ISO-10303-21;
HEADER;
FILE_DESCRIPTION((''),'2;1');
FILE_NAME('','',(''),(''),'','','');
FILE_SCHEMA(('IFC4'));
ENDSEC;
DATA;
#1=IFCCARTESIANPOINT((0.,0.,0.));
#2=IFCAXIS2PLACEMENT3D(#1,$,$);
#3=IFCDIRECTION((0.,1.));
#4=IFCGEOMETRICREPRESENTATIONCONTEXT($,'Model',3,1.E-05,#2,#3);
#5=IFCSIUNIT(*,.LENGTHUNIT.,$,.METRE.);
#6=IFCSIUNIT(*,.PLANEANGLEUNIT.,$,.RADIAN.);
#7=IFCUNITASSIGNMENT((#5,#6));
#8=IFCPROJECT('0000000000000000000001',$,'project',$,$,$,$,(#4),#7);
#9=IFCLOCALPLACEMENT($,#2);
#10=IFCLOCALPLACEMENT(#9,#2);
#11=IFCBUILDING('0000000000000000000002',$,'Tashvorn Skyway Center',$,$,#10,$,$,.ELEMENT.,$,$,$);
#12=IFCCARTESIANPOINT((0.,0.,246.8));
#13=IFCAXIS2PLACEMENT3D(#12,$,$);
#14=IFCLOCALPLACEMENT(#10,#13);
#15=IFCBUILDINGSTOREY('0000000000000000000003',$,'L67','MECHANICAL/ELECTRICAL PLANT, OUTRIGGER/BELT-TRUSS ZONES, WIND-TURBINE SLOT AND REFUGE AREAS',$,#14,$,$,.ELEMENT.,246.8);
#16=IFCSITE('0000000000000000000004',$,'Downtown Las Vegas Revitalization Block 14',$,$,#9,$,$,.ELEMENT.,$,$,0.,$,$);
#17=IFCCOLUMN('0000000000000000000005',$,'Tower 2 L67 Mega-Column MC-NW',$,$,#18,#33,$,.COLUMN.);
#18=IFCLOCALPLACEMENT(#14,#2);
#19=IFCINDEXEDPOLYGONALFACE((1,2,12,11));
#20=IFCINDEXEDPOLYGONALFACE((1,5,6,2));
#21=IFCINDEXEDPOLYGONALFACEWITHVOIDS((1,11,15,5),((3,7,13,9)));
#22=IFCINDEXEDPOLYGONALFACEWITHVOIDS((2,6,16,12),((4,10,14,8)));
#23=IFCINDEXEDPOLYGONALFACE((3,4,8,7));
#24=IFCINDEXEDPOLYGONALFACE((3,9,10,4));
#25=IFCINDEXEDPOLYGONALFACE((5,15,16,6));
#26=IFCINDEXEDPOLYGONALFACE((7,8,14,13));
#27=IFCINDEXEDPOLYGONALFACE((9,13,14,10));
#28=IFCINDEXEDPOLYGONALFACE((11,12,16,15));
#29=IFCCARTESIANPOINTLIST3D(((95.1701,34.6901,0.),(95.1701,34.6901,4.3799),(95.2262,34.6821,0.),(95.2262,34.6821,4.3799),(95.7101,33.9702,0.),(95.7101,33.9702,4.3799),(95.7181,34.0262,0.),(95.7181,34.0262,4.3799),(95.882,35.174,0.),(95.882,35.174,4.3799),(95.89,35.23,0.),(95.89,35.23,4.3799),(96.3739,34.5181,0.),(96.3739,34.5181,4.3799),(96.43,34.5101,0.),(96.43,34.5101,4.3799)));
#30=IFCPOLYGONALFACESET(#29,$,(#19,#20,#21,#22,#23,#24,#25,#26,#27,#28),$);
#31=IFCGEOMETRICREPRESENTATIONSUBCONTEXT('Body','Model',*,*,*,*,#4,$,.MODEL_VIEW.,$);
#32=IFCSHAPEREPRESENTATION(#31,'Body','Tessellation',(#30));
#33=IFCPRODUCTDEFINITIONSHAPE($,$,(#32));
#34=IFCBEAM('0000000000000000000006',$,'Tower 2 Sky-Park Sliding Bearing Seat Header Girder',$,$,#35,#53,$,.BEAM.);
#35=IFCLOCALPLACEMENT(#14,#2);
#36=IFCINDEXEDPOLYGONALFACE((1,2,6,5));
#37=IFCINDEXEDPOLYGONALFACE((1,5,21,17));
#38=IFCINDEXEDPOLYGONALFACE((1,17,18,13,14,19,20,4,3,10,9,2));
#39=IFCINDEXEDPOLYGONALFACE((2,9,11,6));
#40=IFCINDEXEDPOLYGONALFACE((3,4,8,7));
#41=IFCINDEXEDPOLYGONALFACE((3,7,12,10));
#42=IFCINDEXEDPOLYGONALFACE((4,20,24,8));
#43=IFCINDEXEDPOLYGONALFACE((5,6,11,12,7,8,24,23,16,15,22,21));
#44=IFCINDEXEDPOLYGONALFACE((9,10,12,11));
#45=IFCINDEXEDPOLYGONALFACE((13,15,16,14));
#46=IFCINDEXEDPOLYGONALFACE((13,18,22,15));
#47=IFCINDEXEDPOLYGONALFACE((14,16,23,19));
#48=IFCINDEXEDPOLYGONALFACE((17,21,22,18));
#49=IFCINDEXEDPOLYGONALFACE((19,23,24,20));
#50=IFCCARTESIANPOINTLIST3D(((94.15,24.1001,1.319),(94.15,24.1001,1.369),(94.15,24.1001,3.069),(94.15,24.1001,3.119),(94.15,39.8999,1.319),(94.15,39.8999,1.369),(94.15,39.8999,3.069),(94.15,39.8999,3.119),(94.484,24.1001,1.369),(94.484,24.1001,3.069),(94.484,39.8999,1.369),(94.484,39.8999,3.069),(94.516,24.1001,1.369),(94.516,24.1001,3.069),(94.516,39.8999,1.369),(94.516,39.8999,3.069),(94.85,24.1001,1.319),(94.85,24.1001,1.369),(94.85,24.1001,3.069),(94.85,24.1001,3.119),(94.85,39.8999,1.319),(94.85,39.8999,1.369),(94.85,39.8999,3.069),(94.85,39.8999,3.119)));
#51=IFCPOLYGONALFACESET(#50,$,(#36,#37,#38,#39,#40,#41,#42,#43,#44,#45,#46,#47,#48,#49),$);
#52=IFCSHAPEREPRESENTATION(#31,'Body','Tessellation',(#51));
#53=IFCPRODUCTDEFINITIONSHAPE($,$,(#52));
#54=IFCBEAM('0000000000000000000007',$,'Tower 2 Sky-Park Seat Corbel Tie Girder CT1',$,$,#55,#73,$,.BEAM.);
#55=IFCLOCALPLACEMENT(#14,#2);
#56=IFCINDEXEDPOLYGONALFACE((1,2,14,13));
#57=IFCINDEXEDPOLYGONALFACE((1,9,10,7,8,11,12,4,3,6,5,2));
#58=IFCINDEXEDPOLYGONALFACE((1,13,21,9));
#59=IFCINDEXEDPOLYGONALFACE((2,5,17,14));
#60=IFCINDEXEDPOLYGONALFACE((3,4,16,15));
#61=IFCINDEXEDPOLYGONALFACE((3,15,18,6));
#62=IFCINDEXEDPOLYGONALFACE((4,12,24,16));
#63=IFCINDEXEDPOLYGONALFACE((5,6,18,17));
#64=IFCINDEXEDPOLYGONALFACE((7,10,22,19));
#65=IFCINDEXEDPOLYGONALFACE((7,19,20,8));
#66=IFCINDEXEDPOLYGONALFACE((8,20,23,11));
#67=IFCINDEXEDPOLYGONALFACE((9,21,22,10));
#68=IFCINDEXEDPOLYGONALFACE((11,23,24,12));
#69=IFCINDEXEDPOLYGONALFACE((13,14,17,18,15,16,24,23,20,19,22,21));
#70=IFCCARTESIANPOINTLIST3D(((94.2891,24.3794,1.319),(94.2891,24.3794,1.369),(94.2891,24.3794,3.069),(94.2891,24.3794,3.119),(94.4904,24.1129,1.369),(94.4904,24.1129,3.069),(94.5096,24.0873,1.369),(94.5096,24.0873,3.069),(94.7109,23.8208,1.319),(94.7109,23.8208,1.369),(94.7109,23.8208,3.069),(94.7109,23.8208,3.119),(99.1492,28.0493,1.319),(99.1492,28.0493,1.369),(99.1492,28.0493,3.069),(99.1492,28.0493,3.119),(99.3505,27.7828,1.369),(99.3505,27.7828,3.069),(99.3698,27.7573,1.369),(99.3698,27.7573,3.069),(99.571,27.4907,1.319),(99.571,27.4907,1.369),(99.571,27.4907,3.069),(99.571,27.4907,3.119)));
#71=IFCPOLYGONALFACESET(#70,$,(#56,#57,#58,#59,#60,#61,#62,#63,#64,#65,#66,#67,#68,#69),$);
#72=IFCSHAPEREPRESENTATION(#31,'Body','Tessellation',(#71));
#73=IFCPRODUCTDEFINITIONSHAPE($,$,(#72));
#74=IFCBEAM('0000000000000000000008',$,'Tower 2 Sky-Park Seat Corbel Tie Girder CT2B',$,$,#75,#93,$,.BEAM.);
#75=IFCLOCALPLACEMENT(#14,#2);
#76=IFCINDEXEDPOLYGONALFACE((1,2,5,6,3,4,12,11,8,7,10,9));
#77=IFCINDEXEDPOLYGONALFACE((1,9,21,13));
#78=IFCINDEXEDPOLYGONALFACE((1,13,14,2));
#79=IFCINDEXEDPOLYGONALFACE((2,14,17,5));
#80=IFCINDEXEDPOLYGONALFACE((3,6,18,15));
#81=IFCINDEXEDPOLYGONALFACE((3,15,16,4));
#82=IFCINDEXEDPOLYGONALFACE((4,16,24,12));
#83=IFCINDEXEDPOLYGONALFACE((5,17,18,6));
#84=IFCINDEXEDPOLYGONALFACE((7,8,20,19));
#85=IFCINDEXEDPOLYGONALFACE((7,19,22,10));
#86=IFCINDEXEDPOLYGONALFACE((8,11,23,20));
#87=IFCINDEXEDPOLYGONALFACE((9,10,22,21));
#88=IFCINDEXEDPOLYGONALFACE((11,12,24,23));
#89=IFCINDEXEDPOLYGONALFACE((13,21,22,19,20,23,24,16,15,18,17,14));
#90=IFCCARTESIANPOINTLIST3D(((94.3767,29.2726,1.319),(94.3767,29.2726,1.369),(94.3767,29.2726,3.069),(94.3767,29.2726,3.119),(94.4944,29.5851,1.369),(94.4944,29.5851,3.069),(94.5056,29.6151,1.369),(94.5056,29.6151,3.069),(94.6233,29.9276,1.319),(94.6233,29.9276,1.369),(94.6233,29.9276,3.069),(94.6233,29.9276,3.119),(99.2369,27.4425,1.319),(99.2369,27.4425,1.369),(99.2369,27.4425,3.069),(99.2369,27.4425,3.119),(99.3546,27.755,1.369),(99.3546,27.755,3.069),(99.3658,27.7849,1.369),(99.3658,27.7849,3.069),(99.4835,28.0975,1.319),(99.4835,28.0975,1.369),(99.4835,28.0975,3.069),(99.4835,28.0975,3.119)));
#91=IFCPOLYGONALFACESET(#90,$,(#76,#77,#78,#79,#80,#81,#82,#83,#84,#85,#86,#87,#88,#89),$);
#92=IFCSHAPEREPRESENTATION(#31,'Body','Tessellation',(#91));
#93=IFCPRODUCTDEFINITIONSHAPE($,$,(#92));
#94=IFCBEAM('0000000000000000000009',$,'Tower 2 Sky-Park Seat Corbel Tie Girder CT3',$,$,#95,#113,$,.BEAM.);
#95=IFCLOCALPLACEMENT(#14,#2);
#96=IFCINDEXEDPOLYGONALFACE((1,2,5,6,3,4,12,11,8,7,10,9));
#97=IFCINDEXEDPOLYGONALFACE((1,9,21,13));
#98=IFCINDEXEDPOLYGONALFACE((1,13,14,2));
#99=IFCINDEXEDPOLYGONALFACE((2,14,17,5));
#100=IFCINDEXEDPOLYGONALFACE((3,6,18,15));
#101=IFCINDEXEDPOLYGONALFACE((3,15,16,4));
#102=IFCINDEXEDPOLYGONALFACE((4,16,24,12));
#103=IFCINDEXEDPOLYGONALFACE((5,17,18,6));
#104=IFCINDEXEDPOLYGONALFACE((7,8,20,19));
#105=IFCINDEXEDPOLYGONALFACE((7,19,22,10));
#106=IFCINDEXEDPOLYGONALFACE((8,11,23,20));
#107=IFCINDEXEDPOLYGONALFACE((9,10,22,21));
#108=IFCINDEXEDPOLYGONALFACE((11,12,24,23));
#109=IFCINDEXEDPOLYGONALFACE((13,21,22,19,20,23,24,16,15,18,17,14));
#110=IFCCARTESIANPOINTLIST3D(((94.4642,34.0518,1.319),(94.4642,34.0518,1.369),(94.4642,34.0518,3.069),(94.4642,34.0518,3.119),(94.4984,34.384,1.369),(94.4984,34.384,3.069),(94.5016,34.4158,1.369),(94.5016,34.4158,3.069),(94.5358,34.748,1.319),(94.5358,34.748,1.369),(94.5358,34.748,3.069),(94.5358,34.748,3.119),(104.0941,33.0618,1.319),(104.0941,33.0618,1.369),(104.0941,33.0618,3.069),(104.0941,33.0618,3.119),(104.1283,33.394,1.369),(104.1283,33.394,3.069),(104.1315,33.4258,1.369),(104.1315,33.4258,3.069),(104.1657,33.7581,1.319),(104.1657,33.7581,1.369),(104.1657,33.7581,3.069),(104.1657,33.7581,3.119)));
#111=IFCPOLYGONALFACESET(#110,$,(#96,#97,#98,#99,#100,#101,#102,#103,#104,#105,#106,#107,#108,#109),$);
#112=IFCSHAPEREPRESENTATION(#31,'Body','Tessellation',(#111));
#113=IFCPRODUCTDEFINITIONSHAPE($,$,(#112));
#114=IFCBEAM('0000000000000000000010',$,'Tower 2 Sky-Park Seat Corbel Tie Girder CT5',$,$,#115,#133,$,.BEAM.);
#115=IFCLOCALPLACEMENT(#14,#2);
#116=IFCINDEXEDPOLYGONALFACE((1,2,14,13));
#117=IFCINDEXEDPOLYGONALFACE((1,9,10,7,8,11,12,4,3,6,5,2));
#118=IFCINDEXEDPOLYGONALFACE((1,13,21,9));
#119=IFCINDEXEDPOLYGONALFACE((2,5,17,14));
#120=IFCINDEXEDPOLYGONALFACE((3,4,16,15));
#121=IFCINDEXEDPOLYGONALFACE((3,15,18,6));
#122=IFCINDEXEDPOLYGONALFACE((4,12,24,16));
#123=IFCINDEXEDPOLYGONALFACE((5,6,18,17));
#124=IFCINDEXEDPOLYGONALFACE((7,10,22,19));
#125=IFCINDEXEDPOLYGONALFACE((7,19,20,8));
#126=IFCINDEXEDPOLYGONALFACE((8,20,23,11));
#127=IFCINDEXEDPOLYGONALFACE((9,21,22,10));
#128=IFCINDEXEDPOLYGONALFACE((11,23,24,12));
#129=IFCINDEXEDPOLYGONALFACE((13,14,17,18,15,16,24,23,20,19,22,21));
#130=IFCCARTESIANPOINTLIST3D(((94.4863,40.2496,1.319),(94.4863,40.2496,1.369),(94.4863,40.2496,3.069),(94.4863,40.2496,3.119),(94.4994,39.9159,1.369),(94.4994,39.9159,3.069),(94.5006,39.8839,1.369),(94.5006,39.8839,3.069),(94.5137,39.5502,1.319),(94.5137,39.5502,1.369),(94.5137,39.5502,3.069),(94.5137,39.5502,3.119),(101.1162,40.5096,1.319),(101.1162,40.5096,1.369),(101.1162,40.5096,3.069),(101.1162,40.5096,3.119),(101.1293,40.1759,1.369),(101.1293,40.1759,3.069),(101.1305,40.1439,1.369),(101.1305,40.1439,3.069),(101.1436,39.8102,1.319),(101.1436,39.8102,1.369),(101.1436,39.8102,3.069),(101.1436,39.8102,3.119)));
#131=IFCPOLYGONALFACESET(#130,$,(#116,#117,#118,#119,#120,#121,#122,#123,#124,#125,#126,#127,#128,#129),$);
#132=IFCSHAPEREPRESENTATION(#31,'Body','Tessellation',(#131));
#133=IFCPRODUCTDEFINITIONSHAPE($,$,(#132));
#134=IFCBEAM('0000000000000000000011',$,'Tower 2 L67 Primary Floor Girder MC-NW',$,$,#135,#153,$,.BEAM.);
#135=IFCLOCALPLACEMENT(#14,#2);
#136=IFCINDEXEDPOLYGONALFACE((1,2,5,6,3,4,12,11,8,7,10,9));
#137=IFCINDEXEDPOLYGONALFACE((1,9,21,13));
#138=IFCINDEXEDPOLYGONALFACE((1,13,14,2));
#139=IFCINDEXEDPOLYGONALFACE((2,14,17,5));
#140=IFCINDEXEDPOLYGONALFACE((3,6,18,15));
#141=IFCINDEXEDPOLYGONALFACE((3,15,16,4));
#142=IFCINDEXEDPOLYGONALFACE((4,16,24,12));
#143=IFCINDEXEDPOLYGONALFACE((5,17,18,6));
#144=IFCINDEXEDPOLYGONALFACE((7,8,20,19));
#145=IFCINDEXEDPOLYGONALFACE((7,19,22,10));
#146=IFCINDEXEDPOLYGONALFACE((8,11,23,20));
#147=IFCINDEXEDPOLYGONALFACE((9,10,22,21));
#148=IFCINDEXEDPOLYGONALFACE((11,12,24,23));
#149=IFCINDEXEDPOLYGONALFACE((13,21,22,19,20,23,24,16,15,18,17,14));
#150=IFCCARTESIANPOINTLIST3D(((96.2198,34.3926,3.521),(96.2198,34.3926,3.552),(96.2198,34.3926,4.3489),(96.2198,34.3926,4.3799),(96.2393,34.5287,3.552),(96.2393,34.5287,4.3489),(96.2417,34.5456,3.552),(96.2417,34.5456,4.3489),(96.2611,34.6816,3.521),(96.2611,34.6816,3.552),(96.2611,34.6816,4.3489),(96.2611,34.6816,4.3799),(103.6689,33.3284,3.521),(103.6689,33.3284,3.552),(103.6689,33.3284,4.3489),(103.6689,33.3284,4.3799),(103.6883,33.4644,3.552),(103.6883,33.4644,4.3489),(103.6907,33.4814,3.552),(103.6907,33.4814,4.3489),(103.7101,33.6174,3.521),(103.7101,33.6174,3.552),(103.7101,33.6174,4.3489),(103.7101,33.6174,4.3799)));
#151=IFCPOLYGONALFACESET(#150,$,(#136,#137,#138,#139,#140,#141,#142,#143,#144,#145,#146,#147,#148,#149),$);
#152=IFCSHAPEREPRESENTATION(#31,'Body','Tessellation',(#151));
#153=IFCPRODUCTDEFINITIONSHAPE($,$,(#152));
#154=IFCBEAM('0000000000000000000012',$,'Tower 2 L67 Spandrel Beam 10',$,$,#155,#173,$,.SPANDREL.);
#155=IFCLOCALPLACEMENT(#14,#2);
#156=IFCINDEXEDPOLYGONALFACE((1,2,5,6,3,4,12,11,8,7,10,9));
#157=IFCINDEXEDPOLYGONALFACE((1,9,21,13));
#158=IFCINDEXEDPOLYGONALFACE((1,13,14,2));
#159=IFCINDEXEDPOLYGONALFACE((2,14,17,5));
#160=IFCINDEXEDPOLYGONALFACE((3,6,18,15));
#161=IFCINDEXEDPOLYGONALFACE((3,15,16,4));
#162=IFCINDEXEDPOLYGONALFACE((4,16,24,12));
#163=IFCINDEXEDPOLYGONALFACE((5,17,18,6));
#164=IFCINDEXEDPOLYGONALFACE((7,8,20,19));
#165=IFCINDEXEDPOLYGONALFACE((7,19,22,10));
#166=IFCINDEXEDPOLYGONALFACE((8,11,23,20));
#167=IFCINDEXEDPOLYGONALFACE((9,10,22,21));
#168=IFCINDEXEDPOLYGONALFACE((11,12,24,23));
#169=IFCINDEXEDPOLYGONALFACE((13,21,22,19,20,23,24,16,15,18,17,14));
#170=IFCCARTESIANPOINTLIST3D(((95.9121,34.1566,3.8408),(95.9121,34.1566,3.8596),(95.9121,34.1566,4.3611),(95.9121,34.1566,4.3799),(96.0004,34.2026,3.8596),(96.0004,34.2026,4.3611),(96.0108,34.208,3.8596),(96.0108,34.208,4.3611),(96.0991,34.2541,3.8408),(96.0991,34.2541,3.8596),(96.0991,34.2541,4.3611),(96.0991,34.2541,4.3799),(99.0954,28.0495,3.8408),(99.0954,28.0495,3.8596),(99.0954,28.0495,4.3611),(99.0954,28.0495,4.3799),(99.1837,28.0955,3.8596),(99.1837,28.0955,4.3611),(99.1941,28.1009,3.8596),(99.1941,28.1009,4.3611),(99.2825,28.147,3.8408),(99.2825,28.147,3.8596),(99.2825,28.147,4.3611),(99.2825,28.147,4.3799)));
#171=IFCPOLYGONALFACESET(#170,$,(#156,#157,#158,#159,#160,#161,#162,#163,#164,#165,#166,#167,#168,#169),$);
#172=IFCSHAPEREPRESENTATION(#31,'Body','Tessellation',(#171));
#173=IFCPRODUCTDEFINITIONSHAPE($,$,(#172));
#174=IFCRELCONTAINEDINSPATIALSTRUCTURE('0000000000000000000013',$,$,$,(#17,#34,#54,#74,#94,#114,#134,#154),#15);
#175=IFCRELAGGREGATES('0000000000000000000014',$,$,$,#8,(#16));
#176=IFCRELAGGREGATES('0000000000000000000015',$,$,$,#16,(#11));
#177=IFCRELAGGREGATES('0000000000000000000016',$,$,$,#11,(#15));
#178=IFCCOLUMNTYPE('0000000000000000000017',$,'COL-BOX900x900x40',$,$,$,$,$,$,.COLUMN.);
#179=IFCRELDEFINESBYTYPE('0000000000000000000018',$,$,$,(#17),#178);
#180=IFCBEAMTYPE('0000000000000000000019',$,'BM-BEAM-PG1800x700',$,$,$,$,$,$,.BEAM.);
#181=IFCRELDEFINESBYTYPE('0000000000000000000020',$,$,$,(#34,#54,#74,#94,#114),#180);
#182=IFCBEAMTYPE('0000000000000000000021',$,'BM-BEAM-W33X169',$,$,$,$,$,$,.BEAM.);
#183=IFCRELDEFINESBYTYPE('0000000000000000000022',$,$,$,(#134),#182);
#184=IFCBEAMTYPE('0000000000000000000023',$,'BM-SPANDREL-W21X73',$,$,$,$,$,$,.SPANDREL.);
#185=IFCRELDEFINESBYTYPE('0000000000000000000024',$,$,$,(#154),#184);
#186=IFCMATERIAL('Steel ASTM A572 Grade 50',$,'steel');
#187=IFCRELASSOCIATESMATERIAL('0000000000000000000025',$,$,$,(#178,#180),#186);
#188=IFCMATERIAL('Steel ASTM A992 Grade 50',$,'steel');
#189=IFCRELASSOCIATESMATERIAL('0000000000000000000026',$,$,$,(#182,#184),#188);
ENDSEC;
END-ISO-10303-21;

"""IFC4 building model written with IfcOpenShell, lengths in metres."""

from ifc_helpers import new_model, si_unit, direction, frame, origin, origin_2d, place, context, subcontext, project, spatial, hollow_rectangle, i_section, extrude, material, material_profile, profile_set, type_object, element, save


model = new_model("IFC4")

# Units and contexts
model_context = context("Model", 3, precision=1e-05, world=origin(), true_north=direction((0.0, 1.0)))
body_context = subcontext(model_context, "Body", "Model", "MODEL_VIEW")
ifc_project = project(units=[si_unit("LENGTHUNIT", "METRE"), si_unit("PLANEANGLEUNIT", "RADIAN")], contexts=[model_context])

# Site, building, storey
site_placement = place(None, origin())
site = spatial("IfcSite", under=ifc_project, at=site_placement, Name="Downtown Las Vegas Revitalization Block 14", CompositionType="ELEMENT", RefElevation=0.0)
building_placement = place(site_placement, origin())
building = spatial("IfcBuilding", under=site, at=building_placement, Name="Tashvorn Skyway Center", CompositionType="ELEMENT")
storey_placement = place(building_placement, frame((0.0, 0.0, 246.8)))
storey = spatial("IfcBuildingStorey", under=building, at=storey_placement, Name="L67", Description="MECHANICAL/ELECTRICAL PLANT, OUTRIGGER/BELT-TRUSS ZONES, WIND-TURBINE SLOT AND REFUGE AREAS", CompositionType="ELEMENT", Elevation=246.8)

# Column
ifc_material_1 = material(Name="Steel ASTM A572 Grade 50", Category="steel")
ifc_material_profile_1 = material_profile(ifc_material_1, hollow_rectangle(XDim=0.8999, YDim=0.8999, WallThickness=0.04, at=origin_2d()), Name="BOX900x900x40")
ifc_profile_set_1 = profile_set([ifc_material_profile_1], Name="Steel ASTM A572 Grade 50")
column_type = type_object("IfcColumnType", Name="COL-BOX900x900x40", PredefinedType="COLUMN", material=ifc_profile_set_1)
column_placement = place(storey_placement, frame((95.8, 34.6001, 0.0), z_axis=(0.0, 0.0, 1.0), x_axis=(0.8, 0.6, 0.0)))
element("IfcColumn", 1, at=column_placement, inside=storey, type_object=column_type, Name="Tower 2 L67 Mega-Column MC-NW", PredefinedType="COLUMN", context=body_context, shape_type="SweptSolid", body=[
    extrude(hollow_rectangle(XDim=0.8999, YDim=0.8999, WallThickness=0.04, at=origin_2d()), origin(), (0.0, 0.0, 1.0), 4.3799),
])

# Beams
ifc_material_profile_2 = material_profile(ifc_material_1, i_section(OverallWidth=0.7, OverallDepth=1.8, WebThickness=0.032, FlangeThickness=0.05, at=origin_2d()), Name="PG1800x700")
ifc_profile_set_2 = profile_set([ifc_material_profile_2], Name="Steel ASTM A572 Grade 50")
beam_type_1 = type_object("IfcBeamType", Name="BM-BEAM-PG1800x700", PredefinedType="BEAM", material=ifc_profile_set_2)
beam_1_placement = place(storey_placement, frame((94.5, 24.1001, 2.219), z_axis=(0.0, 1.0, 0.0), x_axis=(-1.0, 0.0, 0.0)))
element("IfcBeam", 2, at=beam_1_placement, inside=storey, type_object=beam_type_1, Name="Tower 2 Sky-Park Sliding Bearing Seat Header Girder", PredefinedType="BEAM", context=body_context, shape_type="SweptSolid", body=[
    extrude(i_section(OverallWidth=0.7, OverallDepth=1.8, WebThickness=0.032, FlangeThickness=0.05, at=origin_2d()), origin(), (0.0, 0.0, 1.0), 15.7998),
])
beam_2_placement = place(storey_placement, frame((94.5, 24.1001, 2.219), z_axis=(0.798038, 0.602607, 0.0), x_axis=(-0.602607, 0.798038, 0.0)))
element("IfcBeam", 3, at=beam_2_placement, inside=storey, type_object=beam_type_1, Name="Tower 2 Sky-Park Seat Corbel Tie Girder CT1", PredefinedType="BEAM", context=body_context, shape_type="SweptSolid", body=[
    extrude(i_section(OverallWidth=0.7, OverallDepth=1.8, WebThickness=0.032, FlangeThickness=0.05, at=origin_2d()), origin(), (0.0, 0.0, 1.0), 6.0901),
])
beam_3_placement = place(storey_placement, frame((94.5, 29.6001, 2.219), z_axis=(0.935851, -0.352396, 0.0), x_axis=(0.352396, 0.935851, 0.0)))
element("IfcBeam", 4, at=beam_3_placement, inside=storey, type_object=beam_type_1, Name="Tower 2 Sky-Park Seat Corbel Tie Girder CT2B", PredefinedType="BEAM", context=body_context, shape_type="SweptSolid", body=[
    extrude(i_section(OverallWidth=0.7, OverallDepth=1.8, WebThickness=0.032, FlangeThickness=0.05, at=origin_2d()), origin(), (0.0, 0.0, 1.0), 5.1934),
])
beam_4_placement = place(storey_placement, frame((94.5, 34.3999, 2.219), z_axis=(0.994757, -0.102265, 0.0), x_axis=(0.102265, 0.994757, 0.0)))
element("IfcBeam", 5, at=beam_4_placement, inside=storey, type_object=beam_type_1, Name="Tower 2 Sky-Park Seat Corbel Tie Girder CT3", PredefinedType="BEAM", context=body_context, shape_type="SweptSolid", body=[
    extrude(i_section(OverallWidth=0.7, OverallDepth=1.8, WebThickness=0.032, FlangeThickness=0.05, at=origin_2d()), origin(), (0.0, 0.0, 1.0), 9.6807),
])
beam_5_placement = place(storey_placement, frame((94.5, 39.8999, 2.219), z_axis=(0.999232, 0.039188, 0.0), x_axis=(-0.039188, 0.999232, 0.0)))
element("IfcBeam", 6, at=beam_5_placement, inside=storey, type_object=beam_type_1, Name="Tower 2 Sky-Park Seat Corbel Tie Girder CT5", PredefinedType="BEAM", context=body_context, shape_type="SweptSolid", body=[
    extrude(i_section(OverallWidth=0.7, OverallDepth=1.8, WebThickness=0.032, FlangeThickness=0.05, at=origin_2d()), origin(), (0.0, 0.0, 1.0), 6.635),
])
ifc_material_2 = material(Name="Steel ASTM A992 Grade 50", Category="steel")
ifc_material_profile_3 = material_profile(ifc_material_2, i_section(OverallWidth=0.292, OverallDepth=0.8589, WebThickness=0.0171, FlangeThickness=0.031, at=origin_2d()), Name="W33X169")
ifc_profile_set_3 = profile_set([ifc_material_profile_3], Name="Steel ASTM A992 Grade 50")
beam_type_2 = type_object("IfcBeamType", Name="BM-BEAM-W33X169", PredefinedType="BEAM", material=ifc_profile_set_3)
beam_6_placement = place(storey_placement, frame((96.2405, 34.5371, 3.9504), z_axis=(0.989948, -0.14143, 0.0), x_axis=(0.14143, 0.989948, 0.0)))
element("IfcBeam", 7, at=beam_6_placement, inside=storey, type_object=beam_type_2, Name="Tower 2 L67 Primary Floor Girder MC-NW", PredefinedType="BEAM", context=body_context, shape_type="SweptSolid", body=[
    extrude(i_section(OverallWidth=0.292, OverallDepth=0.8589, WebThickness=0.0171, FlangeThickness=0.031, at=origin_2d()), origin(), (0.0, 0.0, 1.0), 7.5247),
])
ifc_material_profile_4 = material_profile(ifc_material_2, i_section(OverallWidth=0.2109, OverallDepth=0.5391, WebThickness=0.0117, FlangeThickness=0.0188, at=origin_2d()), Name="W21X73")
ifc_profile_set_4 = profile_set([ifc_material_profile_4], Name="Steel ASTM A992 Grade 50")
beam_type_3 = type_object("IfcBeamType", Name="BM-SPANDREL-W21X73", PredefinedType="SPANDREL", material=ifc_profile_set_4)
beam_7_placement = place(storey_placement, frame((96.0056, 34.2053, 4.1104), z_axis=(0.462223, -0.886764, 0.0), x_axis=(0.886764, 0.462223, 0.0)))
element("IfcBeam", 8, at=beam_7_placement, inside=storey, type_object=beam_type_3, Name="Tower 2 L67 Spandrel Beam 10", PredefinedType="SPANDREL", context=body_context, shape_type="SweptSolid", body=[
    extrude(i_section(OverallWidth=0.2109, OverallDepth=0.5391, WebThickness=0.0117, FlangeThickness=0.0188, at=origin_2d()), origin(), (0.0, 0.0, 1.0), 6.887),
])

save(model, "model.ifc")
